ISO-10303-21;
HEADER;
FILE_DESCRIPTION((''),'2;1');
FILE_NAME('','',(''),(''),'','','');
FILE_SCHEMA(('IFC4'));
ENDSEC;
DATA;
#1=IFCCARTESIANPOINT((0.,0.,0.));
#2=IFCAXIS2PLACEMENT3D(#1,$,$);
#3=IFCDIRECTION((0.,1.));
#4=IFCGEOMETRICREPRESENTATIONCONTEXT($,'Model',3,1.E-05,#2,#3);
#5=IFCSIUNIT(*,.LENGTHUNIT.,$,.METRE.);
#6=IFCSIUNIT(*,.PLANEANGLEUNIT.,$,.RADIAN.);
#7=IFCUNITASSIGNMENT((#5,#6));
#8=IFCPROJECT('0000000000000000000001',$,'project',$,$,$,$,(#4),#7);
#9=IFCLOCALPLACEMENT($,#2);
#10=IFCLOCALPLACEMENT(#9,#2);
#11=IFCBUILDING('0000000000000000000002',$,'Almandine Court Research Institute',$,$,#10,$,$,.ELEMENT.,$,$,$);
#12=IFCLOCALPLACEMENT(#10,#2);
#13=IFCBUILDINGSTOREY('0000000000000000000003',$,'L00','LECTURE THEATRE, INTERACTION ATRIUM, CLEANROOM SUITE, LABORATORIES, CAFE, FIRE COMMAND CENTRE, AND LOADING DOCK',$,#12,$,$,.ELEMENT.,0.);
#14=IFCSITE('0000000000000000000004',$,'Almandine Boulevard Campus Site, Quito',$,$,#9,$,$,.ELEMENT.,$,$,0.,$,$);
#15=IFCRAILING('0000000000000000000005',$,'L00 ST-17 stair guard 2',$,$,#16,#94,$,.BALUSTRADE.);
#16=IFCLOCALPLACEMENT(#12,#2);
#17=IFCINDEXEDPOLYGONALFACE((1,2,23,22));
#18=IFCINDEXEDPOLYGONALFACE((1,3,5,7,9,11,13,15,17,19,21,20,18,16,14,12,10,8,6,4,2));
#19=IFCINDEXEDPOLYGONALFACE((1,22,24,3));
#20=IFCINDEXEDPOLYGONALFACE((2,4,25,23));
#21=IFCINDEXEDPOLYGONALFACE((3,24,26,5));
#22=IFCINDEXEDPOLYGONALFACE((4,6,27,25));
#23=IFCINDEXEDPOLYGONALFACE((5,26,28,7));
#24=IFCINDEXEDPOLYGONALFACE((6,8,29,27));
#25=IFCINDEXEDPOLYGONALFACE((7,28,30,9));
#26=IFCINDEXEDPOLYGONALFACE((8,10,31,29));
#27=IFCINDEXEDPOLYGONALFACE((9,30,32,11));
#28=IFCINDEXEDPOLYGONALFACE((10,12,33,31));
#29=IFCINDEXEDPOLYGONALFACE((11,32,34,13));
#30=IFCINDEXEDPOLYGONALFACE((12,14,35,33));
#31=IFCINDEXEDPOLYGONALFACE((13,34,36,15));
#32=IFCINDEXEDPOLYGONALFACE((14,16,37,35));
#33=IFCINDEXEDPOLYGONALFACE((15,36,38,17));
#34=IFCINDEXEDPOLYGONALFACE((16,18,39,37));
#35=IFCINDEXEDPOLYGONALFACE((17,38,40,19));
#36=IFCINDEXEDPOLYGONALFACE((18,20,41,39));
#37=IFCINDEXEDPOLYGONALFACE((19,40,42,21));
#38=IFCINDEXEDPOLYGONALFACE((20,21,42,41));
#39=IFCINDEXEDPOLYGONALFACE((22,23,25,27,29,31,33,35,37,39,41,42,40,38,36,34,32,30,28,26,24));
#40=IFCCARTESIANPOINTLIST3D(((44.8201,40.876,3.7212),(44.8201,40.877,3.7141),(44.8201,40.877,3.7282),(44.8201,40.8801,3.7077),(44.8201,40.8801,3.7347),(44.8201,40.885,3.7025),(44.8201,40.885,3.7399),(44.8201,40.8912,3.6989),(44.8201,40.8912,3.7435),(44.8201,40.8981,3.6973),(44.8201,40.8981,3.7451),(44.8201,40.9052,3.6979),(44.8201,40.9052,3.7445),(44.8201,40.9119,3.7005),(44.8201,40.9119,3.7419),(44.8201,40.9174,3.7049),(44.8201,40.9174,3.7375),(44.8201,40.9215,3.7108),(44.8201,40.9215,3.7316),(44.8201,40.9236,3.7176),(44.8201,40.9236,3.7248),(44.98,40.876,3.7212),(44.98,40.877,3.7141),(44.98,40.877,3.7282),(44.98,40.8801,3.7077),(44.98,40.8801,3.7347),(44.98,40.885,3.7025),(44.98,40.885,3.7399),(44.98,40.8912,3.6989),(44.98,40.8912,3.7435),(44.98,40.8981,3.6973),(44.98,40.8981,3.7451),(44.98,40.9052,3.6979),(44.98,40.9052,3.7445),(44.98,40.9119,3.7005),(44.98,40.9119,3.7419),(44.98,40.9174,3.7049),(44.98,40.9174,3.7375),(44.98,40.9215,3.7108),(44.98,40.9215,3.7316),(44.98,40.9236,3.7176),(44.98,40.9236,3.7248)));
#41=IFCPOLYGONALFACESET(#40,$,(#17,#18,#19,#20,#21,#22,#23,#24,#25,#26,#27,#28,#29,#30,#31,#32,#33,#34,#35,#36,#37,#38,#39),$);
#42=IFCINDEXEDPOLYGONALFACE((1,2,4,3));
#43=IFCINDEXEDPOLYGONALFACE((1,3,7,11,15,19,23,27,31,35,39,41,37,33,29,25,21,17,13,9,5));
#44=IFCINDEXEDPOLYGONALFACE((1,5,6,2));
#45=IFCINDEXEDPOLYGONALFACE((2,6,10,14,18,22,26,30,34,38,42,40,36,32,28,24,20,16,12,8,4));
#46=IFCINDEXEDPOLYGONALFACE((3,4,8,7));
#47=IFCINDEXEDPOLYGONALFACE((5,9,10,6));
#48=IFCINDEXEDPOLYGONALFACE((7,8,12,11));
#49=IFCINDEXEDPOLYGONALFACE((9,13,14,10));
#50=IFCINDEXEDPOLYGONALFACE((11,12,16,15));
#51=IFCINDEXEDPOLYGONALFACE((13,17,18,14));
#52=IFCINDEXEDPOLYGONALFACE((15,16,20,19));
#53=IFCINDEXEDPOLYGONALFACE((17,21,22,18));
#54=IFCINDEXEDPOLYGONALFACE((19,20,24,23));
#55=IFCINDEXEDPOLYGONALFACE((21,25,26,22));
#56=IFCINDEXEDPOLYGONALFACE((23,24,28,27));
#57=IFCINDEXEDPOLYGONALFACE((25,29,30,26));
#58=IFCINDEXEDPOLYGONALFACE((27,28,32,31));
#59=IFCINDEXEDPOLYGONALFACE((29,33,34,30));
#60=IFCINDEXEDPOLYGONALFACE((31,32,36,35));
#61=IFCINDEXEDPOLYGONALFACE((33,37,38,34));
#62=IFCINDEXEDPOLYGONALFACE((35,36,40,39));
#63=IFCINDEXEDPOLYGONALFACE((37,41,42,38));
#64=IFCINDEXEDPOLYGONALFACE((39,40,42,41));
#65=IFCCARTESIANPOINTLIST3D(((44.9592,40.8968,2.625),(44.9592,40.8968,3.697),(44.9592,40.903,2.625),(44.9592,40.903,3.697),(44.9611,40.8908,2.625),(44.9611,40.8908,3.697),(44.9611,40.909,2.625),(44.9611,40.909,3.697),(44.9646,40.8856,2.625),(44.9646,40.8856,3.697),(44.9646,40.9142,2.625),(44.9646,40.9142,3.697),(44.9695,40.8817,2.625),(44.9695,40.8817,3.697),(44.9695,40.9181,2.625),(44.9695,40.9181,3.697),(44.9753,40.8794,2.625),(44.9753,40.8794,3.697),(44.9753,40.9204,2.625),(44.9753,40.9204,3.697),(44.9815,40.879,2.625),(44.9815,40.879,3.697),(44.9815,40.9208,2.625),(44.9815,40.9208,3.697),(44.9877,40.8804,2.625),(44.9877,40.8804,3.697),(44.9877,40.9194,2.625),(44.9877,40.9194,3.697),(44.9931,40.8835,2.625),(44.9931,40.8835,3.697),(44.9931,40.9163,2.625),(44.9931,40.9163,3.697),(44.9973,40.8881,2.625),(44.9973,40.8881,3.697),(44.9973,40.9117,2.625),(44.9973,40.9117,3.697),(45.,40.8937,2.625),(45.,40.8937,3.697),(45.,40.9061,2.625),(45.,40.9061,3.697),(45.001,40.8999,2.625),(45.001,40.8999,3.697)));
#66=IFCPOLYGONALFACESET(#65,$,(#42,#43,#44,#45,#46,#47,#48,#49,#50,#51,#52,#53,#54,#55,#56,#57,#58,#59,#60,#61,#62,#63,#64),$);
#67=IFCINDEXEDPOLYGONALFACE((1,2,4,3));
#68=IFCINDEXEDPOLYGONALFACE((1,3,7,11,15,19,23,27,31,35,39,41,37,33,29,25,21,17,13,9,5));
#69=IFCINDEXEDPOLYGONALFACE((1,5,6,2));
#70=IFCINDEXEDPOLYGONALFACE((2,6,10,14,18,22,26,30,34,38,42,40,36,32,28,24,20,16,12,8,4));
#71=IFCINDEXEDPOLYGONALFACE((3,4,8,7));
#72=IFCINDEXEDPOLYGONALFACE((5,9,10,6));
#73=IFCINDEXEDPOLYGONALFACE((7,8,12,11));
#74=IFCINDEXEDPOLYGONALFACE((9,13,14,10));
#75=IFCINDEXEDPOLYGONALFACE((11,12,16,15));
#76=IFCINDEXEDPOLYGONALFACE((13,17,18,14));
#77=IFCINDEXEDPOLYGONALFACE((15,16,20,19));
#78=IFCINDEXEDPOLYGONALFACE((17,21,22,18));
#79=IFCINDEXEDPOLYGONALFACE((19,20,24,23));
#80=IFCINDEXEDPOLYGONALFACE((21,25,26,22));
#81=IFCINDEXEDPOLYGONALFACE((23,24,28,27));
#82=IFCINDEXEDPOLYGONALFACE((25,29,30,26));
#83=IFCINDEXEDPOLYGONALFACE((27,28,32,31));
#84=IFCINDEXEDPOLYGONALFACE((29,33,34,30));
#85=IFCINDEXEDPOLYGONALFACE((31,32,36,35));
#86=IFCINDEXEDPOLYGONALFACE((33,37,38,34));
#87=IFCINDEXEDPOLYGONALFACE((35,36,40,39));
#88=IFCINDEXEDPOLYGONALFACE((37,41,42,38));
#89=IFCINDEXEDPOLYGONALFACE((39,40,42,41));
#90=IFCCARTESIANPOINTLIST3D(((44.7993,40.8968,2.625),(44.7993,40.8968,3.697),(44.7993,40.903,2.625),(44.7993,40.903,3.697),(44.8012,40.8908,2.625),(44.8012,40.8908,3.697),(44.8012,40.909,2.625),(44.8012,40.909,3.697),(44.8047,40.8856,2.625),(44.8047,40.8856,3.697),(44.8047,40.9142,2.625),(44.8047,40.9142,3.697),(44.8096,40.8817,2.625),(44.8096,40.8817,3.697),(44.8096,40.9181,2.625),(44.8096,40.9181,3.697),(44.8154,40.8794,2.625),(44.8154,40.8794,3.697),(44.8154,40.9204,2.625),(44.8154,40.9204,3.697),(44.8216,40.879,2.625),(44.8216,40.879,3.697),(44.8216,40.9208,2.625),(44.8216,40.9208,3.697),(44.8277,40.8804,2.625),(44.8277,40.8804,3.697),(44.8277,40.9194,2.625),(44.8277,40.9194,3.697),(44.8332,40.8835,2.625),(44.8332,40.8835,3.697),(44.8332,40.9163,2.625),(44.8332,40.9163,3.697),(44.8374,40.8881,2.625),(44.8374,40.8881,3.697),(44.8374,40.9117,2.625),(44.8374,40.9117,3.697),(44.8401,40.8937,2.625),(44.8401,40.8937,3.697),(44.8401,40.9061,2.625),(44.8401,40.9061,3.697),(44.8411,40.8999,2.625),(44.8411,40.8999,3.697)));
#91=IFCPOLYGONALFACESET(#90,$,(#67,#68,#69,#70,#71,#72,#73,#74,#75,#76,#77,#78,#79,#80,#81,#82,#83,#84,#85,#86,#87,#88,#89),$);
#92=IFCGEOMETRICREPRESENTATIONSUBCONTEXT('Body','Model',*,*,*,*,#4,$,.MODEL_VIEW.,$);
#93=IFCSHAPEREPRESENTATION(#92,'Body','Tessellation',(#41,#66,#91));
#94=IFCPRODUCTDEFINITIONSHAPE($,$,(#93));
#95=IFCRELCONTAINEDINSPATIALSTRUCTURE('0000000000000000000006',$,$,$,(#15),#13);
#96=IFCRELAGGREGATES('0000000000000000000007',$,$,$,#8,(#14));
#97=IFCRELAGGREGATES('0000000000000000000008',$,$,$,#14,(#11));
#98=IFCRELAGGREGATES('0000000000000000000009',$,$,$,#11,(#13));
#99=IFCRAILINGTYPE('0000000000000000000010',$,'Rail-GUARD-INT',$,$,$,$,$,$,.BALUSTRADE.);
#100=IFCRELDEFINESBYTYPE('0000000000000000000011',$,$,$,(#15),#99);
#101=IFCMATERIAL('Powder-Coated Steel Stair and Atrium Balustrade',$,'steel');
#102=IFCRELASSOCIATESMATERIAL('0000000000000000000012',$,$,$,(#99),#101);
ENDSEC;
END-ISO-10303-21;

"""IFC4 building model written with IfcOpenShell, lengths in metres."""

from ifc_helpers import new_model, si_unit, direction, frame, origin, origin_2d, place, context, subcontext, project, spatial, circle, extrude, material, type_object, element, save


model = new_model("IFC4")

# Units and contexts
model_context = context("Model", 3, precision=1e-05, world=origin(), true_north=direction((0.0, 1.0)))
body_context = subcontext(model_context, "Body", "Model", "MODEL_VIEW")
ifc_project = project(units=[si_unit("LENGTHUNIT", "METRE"), si_unit("PLANEANGLEUNIT", "RADIAN")], contexts=[model_context])

# Site, building, storey
site_placement = place(None, origin())
site = spatial("IfcSite", under=ifc_project, at=site_placement, Name="Almandine Boulevard Campus Site, Quito", CompositionType="ELEMENT", RefElevation=0.0)
building_placement = place(site_placement, origin())
building = spatial("IfcBuilding", under=site, at=building_placement, Name="Almandine Court Research Institute", CompositionType="ELEMENT")
storey_placement = place(building_placement, origin())
storey = spatial("IfcBuildingStorey", under=building, at=storey_placement, Name="L00", Description="LECTURE THEATRE, INTERACTION ATRIUM, CLEANROOM SUITE, LABORATORIES, CAFE, FIRE COMMAND CENTRE, AND LOADING DOCK", CompositionType="ELEMENT", Elevation=0.0)

# Railing
ifc_material_1 = material(Name="Powder-Coated Steel Stair and Atrium Balustrade", Category="steel")
railing_type_1 = type_object("IfcRailingType", Name="Rail-GUARD-INT", PredefinedType="BALUSTRADE", material=ifc_material_1)
railing_1_placement = place(storey_placement, frame((44.98, 40.8999, 2.625)))
element("IfcRailing", 1, at=railing_1_placement, inside=storey, type_object=railing_type_1, Name="L00 ST-17 stair guard 2", PredefinedType="BALUSTRADE", context=body_context, shape_type="SweptSolid", body=[
    extrude(circle(Radius=0.0239, at=origin_2d()), frame((0.0, 0.0, 1.0962), z_axis=(-1.0, 0.0, 0.0), x_axis=(0.0, -1.0, 0.0)), (0.0, 0.0, 1.0), 0.1599),
    extrude(circle(Radius=0.021, at=origin_2d()), origin(), (0.0, 0.0, 1.0), 1.072),
    extrude(circle(Radius=0.021, at=origin_2d()), frame((-0.1599, 0.0, 0.0)), (0.0, 0.0, 1.0), 1.072),
])

save(model, "model.ifc")
